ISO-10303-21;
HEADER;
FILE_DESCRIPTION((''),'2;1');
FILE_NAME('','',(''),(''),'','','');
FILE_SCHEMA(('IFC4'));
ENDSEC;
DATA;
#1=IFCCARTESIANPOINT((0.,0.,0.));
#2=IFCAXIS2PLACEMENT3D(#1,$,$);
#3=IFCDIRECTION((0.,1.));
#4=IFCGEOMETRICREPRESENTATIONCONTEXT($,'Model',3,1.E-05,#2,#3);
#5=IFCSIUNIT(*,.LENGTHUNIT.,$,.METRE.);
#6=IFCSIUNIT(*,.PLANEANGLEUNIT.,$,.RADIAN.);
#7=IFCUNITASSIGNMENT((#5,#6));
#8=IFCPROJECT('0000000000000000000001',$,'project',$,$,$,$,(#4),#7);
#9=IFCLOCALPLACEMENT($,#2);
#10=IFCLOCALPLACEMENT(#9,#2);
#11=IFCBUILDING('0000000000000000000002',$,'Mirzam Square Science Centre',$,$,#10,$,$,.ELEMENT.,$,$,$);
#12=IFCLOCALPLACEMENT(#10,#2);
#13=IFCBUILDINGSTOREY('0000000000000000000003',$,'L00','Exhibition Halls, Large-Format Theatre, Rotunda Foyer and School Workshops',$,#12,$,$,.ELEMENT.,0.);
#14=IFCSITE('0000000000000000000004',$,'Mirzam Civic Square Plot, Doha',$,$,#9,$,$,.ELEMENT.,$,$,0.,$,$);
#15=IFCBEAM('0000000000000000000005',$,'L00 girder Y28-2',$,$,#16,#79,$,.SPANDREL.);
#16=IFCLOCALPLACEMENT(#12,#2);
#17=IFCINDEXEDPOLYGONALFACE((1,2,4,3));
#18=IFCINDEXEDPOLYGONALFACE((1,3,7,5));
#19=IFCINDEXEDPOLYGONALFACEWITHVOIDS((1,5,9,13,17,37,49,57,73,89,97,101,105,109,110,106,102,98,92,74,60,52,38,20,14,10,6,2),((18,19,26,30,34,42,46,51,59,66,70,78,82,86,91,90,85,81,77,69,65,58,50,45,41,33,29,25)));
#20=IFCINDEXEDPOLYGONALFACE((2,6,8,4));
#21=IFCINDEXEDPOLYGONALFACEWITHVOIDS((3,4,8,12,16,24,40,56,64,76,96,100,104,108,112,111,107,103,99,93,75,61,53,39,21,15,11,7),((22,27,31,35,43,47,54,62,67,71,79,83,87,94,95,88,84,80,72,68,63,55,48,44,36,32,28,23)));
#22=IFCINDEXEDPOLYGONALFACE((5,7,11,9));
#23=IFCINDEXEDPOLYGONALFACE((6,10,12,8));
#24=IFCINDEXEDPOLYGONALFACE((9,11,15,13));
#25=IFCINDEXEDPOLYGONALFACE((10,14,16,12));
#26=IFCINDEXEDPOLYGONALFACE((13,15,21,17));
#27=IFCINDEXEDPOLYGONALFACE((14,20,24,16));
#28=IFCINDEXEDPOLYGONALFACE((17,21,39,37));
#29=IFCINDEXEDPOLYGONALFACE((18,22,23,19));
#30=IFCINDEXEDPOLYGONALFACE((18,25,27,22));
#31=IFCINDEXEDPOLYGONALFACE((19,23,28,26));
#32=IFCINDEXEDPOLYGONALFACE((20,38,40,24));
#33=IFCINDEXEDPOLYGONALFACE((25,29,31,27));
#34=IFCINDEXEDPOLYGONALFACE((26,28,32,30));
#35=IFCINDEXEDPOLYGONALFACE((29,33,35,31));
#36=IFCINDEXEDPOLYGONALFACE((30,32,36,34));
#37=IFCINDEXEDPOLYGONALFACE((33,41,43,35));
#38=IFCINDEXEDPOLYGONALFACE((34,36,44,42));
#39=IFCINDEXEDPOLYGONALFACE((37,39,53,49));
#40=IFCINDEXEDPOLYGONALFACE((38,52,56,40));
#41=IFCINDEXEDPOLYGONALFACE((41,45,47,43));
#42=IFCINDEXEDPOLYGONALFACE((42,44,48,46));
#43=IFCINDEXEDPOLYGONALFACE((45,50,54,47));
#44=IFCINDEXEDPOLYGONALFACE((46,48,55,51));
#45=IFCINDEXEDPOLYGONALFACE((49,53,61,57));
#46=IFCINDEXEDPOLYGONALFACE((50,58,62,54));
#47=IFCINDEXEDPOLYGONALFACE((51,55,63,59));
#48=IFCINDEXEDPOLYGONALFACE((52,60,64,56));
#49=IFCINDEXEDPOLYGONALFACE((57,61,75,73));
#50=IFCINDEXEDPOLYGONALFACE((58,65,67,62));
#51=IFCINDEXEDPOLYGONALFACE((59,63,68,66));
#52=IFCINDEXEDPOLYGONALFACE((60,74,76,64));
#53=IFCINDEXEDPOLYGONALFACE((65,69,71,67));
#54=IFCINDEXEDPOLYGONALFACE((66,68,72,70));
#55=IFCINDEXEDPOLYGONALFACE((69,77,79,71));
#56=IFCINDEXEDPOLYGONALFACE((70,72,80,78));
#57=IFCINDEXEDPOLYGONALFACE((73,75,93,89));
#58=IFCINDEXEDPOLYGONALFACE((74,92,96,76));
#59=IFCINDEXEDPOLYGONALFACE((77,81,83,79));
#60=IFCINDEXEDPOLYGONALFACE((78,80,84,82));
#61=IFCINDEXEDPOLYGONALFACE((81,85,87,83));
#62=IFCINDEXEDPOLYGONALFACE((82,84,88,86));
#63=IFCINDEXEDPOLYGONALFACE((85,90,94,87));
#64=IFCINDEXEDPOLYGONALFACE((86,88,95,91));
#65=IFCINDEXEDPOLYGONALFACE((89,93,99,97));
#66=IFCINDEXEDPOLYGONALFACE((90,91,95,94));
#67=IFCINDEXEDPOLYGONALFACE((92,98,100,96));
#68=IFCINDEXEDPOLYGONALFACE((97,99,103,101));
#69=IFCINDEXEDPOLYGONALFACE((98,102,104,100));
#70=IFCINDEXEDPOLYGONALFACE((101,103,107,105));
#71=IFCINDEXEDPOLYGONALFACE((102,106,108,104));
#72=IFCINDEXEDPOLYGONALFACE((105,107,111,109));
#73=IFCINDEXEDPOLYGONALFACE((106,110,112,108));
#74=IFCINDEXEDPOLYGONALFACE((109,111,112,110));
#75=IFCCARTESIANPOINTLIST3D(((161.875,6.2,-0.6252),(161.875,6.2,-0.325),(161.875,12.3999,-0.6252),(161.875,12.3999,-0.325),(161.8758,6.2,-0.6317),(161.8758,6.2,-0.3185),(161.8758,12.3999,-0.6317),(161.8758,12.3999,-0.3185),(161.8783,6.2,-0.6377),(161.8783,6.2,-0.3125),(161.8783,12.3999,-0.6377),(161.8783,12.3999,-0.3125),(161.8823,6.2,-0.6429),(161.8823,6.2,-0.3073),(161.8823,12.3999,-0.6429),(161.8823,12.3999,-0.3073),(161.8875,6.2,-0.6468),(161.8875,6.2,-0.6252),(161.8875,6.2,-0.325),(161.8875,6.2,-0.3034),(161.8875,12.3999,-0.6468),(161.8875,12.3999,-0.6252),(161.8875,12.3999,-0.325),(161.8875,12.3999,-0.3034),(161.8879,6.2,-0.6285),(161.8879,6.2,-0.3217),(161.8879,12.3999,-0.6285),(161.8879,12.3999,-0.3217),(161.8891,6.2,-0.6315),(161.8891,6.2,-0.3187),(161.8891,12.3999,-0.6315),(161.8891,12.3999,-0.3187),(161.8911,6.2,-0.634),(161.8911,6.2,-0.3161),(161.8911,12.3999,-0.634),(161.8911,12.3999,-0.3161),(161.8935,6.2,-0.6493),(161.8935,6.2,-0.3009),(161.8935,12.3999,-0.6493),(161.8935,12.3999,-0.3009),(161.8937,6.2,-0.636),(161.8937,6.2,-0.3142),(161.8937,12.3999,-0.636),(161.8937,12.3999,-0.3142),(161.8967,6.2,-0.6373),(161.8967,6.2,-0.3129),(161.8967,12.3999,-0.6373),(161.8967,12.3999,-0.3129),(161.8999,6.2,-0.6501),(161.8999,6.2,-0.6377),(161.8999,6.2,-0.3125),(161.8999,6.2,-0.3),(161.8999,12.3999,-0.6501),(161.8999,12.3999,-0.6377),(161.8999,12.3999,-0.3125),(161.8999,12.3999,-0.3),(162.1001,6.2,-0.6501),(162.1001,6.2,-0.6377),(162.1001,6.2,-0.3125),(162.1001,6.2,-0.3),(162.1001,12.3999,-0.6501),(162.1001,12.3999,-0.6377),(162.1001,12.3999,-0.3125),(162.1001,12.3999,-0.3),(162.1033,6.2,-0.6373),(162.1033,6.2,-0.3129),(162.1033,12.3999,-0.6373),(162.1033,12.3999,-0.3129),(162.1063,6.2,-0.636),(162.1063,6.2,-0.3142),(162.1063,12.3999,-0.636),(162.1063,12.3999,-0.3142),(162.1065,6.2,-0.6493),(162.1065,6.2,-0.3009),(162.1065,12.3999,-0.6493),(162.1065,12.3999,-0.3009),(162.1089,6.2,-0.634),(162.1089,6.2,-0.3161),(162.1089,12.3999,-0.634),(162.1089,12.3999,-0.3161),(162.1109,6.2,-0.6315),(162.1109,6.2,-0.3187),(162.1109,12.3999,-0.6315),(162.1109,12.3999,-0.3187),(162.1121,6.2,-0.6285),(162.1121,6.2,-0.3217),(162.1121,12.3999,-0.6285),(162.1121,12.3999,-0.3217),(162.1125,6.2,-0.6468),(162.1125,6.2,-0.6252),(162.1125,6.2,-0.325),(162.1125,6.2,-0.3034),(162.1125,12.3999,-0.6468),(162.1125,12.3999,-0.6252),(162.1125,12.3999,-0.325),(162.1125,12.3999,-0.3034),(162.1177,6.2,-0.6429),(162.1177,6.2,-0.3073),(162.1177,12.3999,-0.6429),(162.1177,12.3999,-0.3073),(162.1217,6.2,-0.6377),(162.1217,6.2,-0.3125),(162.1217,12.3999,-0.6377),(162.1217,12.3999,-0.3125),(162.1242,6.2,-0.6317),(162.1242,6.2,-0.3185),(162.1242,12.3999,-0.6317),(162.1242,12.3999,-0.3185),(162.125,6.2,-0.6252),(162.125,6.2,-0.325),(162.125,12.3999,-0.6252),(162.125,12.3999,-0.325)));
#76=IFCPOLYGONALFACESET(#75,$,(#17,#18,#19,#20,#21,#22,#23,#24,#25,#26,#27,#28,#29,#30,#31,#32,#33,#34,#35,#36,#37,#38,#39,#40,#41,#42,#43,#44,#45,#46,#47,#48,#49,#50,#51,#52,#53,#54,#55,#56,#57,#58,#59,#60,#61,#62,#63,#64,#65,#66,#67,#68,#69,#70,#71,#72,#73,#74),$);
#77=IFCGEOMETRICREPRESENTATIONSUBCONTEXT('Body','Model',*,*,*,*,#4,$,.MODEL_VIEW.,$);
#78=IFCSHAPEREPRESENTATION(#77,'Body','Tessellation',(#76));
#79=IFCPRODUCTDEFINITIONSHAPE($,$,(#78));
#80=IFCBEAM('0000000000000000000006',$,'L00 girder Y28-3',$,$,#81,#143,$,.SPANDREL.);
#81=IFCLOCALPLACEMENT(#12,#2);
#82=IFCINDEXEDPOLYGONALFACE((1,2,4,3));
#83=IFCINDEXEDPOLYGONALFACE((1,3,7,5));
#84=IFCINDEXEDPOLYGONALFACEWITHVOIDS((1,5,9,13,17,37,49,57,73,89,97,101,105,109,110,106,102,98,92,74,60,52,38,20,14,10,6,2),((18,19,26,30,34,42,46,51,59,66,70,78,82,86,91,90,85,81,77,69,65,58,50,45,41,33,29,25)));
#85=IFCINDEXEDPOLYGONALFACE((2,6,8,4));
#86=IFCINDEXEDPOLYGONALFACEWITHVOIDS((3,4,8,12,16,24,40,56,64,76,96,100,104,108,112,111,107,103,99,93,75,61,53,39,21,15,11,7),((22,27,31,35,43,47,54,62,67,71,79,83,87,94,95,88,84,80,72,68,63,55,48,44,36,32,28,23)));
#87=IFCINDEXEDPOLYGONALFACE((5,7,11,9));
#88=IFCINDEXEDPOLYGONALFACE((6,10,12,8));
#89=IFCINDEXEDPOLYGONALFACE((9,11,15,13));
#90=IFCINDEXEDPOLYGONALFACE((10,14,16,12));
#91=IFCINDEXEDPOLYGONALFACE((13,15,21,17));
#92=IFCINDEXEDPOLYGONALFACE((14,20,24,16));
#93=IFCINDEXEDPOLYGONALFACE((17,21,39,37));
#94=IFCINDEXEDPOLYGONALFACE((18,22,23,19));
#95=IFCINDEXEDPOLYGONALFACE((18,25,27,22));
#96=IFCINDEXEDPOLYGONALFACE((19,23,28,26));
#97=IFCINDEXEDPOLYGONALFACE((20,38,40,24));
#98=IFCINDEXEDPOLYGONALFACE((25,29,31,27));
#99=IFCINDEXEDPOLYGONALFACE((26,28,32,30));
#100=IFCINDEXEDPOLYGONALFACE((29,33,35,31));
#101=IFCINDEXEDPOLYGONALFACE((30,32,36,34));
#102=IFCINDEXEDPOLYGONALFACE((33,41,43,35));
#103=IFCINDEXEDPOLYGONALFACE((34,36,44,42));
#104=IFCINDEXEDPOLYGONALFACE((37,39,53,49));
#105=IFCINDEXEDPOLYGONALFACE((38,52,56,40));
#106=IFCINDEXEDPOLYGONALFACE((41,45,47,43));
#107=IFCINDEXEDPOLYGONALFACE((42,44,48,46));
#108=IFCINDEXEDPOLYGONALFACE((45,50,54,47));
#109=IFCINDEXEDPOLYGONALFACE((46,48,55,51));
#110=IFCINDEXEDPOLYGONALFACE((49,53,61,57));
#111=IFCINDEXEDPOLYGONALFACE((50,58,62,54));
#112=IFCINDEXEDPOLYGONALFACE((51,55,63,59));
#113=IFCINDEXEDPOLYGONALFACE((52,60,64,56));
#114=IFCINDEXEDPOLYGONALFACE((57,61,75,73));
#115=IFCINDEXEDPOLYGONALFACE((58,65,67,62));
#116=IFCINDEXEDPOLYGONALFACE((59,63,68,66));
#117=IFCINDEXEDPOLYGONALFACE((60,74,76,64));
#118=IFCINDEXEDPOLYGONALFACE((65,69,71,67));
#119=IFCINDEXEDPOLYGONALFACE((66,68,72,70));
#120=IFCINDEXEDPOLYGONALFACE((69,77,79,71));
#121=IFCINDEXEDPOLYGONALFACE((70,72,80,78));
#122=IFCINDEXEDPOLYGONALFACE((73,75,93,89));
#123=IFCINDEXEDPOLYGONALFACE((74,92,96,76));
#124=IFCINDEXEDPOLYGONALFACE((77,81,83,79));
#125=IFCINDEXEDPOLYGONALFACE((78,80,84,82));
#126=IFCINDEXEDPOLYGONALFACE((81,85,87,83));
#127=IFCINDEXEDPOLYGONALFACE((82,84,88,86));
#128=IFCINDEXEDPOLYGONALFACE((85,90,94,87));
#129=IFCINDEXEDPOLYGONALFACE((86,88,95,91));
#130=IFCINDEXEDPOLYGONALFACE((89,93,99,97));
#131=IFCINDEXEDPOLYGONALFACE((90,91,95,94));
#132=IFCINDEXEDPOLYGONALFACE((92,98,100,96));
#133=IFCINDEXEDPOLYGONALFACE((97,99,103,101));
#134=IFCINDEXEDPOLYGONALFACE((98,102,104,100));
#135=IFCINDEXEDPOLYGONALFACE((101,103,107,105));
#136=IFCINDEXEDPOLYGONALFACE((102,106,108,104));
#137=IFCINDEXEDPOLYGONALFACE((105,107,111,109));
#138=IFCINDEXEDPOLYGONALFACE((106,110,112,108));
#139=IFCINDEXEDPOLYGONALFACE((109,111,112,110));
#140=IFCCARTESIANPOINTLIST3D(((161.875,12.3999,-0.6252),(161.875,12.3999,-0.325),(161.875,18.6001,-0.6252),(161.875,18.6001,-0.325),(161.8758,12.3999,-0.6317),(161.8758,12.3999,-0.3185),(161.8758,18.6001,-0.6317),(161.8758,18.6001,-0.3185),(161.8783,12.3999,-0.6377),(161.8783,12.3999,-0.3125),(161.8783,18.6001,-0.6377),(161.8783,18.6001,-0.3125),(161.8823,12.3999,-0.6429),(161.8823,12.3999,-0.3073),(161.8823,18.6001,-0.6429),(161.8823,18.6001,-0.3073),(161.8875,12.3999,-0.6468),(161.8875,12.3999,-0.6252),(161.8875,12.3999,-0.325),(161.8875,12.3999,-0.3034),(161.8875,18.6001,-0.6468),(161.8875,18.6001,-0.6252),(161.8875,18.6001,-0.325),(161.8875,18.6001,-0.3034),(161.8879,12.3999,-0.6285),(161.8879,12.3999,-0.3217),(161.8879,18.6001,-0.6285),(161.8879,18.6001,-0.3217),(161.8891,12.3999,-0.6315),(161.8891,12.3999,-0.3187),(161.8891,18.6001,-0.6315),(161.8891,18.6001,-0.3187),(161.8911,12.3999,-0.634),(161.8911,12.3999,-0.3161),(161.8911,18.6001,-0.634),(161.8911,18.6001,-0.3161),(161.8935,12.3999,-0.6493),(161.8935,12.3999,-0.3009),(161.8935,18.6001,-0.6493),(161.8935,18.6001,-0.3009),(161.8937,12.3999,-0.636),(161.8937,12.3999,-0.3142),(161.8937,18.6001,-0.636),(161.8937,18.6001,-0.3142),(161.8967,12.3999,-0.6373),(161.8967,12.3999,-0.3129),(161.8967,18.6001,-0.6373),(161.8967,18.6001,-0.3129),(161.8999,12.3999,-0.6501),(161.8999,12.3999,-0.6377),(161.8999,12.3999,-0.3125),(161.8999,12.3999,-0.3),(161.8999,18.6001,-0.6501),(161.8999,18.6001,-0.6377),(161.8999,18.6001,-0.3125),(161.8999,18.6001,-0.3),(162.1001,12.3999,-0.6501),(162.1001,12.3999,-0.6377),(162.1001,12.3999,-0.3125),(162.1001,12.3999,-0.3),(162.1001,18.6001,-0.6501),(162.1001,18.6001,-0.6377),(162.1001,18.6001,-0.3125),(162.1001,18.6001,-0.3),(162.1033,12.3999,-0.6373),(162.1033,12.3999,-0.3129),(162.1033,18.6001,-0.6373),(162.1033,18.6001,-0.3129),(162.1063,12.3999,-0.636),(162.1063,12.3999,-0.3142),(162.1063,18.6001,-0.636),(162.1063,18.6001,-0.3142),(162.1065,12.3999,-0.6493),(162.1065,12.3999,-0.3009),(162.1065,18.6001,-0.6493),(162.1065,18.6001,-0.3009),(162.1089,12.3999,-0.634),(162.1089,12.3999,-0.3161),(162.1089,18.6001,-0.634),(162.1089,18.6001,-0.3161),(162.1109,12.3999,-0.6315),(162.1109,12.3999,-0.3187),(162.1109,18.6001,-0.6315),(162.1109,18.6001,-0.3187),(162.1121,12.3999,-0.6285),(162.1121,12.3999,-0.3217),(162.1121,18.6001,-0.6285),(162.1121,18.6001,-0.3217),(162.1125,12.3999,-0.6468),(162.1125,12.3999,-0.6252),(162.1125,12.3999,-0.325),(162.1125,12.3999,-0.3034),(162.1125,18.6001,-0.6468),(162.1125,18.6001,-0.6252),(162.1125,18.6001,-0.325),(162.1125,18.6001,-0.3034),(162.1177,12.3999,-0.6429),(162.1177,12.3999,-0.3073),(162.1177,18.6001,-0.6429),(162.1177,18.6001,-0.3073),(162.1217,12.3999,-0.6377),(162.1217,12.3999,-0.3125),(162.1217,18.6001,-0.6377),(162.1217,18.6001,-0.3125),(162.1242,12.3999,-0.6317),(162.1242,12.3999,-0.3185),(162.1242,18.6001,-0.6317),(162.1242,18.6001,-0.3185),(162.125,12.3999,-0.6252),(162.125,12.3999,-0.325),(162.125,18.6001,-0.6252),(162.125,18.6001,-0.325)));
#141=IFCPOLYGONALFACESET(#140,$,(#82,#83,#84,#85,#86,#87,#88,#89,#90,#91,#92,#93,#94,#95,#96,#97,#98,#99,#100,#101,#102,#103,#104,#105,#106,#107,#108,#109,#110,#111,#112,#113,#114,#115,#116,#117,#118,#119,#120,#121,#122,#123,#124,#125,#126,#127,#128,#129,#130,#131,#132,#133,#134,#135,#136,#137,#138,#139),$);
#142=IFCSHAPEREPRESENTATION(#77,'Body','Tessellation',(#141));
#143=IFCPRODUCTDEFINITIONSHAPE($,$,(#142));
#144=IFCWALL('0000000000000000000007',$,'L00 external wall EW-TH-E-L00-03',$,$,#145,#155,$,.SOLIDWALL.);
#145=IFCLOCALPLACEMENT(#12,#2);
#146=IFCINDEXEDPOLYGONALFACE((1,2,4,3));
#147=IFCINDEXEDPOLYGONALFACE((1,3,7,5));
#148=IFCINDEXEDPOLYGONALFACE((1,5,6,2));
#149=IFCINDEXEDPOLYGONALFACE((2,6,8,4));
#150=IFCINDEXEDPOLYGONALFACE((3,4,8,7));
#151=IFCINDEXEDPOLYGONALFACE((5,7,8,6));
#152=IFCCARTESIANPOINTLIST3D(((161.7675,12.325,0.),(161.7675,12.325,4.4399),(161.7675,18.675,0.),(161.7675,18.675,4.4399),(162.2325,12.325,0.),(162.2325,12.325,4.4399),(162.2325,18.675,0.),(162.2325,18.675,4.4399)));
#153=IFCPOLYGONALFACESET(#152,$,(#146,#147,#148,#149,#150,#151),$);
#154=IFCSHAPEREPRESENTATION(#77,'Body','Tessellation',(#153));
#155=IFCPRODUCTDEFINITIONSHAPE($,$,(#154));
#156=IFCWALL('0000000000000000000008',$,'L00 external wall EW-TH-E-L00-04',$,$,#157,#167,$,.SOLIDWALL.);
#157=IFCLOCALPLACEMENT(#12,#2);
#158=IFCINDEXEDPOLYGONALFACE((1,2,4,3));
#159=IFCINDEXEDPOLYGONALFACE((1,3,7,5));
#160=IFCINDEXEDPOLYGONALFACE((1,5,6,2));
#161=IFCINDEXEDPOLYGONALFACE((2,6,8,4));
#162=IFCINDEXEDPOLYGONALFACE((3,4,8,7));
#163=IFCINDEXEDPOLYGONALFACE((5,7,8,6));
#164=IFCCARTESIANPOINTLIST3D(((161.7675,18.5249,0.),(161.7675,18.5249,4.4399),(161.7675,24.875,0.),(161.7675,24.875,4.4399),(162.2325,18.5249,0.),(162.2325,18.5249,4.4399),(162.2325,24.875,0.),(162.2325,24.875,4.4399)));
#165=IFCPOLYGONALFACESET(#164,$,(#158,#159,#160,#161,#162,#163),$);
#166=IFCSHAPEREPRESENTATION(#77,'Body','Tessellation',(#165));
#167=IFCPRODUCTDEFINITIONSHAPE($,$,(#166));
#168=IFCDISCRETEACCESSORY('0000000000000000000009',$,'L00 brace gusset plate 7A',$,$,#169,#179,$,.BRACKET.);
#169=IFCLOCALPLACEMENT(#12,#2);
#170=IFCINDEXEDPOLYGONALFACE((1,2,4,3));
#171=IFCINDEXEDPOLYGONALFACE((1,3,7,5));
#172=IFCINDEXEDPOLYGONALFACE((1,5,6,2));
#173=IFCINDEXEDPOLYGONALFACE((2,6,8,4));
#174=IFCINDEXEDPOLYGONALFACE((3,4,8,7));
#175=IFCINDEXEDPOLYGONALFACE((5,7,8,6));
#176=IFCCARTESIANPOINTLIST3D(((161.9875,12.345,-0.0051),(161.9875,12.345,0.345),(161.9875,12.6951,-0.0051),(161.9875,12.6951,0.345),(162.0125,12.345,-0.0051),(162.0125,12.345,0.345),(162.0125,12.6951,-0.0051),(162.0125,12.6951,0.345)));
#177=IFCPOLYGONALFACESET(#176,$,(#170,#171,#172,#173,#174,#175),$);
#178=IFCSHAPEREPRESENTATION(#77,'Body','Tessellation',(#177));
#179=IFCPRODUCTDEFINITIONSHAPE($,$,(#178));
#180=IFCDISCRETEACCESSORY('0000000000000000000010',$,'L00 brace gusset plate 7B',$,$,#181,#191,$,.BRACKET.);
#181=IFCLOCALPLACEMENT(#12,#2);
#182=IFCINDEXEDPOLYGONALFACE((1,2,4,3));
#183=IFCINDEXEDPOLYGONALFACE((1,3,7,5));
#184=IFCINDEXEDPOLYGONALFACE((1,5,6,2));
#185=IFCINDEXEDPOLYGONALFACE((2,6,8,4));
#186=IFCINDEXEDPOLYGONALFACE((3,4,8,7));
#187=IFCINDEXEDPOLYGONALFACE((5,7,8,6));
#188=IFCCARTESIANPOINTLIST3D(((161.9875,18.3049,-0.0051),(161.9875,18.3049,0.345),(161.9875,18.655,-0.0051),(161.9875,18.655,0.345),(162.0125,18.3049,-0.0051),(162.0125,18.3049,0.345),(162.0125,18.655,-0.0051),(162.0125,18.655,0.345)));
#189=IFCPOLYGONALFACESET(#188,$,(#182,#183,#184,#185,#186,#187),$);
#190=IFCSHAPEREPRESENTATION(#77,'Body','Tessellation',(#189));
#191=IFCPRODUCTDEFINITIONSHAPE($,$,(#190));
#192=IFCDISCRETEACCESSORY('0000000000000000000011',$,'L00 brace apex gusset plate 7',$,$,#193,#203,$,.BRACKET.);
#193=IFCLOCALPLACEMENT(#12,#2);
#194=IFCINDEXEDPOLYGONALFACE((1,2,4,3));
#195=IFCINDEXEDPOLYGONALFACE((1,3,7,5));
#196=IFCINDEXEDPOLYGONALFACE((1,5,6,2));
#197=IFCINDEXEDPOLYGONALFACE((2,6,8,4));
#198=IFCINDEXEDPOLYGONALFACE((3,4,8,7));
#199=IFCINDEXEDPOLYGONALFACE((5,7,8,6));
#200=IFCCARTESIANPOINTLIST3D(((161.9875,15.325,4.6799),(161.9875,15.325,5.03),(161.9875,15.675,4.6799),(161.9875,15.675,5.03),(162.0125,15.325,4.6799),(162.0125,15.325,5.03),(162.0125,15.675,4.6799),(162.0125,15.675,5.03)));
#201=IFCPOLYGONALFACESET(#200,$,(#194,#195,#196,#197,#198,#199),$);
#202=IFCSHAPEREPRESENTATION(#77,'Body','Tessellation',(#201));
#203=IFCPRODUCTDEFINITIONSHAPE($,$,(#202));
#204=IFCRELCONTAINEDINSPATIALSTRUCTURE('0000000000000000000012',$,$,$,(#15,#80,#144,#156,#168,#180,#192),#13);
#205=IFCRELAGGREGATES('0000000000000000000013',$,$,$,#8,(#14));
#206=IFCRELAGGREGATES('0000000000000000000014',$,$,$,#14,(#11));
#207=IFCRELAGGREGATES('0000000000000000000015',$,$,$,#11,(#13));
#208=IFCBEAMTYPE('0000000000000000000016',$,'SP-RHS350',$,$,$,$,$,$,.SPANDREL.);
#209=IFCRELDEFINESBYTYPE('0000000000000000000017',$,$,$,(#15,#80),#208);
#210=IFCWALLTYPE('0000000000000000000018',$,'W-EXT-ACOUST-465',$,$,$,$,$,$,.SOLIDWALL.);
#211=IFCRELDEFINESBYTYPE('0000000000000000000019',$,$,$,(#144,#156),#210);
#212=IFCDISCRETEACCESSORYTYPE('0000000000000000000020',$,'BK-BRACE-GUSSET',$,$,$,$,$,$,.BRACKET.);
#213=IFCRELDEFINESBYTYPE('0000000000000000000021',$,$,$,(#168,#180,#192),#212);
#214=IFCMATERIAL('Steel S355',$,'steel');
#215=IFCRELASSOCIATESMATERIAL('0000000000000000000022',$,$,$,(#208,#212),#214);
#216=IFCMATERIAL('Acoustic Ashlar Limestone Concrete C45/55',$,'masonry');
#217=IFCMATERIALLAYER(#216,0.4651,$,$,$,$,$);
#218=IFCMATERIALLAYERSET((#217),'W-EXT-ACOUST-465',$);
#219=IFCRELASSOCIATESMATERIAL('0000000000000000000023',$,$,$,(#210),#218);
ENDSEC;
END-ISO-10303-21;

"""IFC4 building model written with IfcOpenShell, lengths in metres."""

from ifc_helpers import new_model, si_unit, direction, frame, frame_2d, origin, origin_2d, place, context, subcontext, project, spatial, rectangle, hollow_rectangle, extrude, material, layer, layer_set, material_profile, profile_set, type_object, element, save


model = new_model("IFC4")

# Units and contexts
model_context = context("Model", 3, precision=1e-05, world=origin(), true_north=direction((0.0, 1.0)))
body_context = subcontext(model_context, "Body", "Model", "MODEL_VIEW")
ifc_project = project(units=[si_unit("LENGTHUNIT", "METRE"), si_unit("PLANEANGLEUNIT", "RADIAN")], contexts=[model_context])

# Site, building, storey
site_placement = place(None, origin())
site = spatial("IfcSite", under=ifc_project, at=site_placement, Name="Mirzam Civic Square Plot, Doha", CompositionType="ELEMENT", RefElevation=0.0)
building_placement = place(site_placement, origin())
building = spatial("IfcBuilding", under=site, at=building_placement, Name="Mirzam Square Science Centre", CompositionType="ELEMENT")
storey_placement = place(building_placement, origin())
storey = spatial("IfcBuildingStorey", under=building, at=storey_placement, Name="L00", Description="Exhibition Halls, Large-Format Theatre, Rotunda Foyer and School Workshops", CompositionType="ELEMENT", Elevation=0.0)

# Shared definitions
ifc_material_1 = material(Name="Steel S355", Category="steel")

# Beams
ifc_material_profile_1 = material_profile(ifc_material_1, hollow_rectangle(XDim=0.25, YDim=0.3501, WallThickness=0.0125, InnerFilletRadius=0.0125, OuterFilletRadius=0.0249, at=origin_2d()), Name="350x250x12.5RHS")
ifc_profile_set_1 = profile_set([ifc_material_profile_1], Name="Steel S355")
beam_type_1 = type_object("IfcBeamType", Name="SP-RHS350", PredefinedType="SPANDREL", material=ifc_profile_set_1)
beam_1_placement = place(storey_placement, frame((162.0, 6.2, -0.4751), z_axis=(0.0, 1.0, 0.0), x_axis=(-1.0, 0.0, 0.0)))
element("IfcBeam", 1, at=beam_1_placement, inside=storey, type_object=beam_type_1, Name="L00 girder Y28-2", PredefinedType="SPANDREL", context=body_context, shape_type="SweptSolid", body=[
    extrude(hollow_rectangle(XDim=0.25, YDim=0.3501, WallThickness=0.0125, InnerFilletRadius=0.0125, OuterFilletRadius=0.0249, at=origin_2d()), origin(), (0.0, 0.0, 1.0), 6.2),
])
beam_2_placement = place(storey_placement, frame((162.0, 12.3999, -0.4751), z_axis=(0.0, 1.0, 0.0), x_axis=(-1.0, 0.0, 0.0)))
element("IfcBeam", 2, at=beam_2_placement, inside=storey, type_object=beam_type_1, Name="L00 girder Y28-3", PredefinedType="SPANDREL", context=body_context, shape_type="SweptSolid", body=[
    extrude(hollow_rectangle(XDim=0.25, YDim=0.3501, WallThickness=0.0125, InnerFilletRadius=0.0125, OuterFilletRadius=0.0249, at=origin_2d()), origin(), (0.0, 0.0, 1.0), 6.2002),
])

# Walls
ifc_material_2 = material(Name="Acoustic Ashlar Limestone Concrete C45/55", Category="masonry")
ifc_layer_1 = layer(ifc_material_2, 0.4651)
ifc_layer_set_1 = layer_set([ifc_layer_1], Name="W-EXT-ACOUST-465")
wall_type = type_object("IfcWallType", Name="W-EXT-ACOUST-465", PredefinedType="SOLIDWALL", material=ifc_layer_set_1)
for number, where, z_axis, x_axis, name in (
    (3, (162.0, 12.325, 0.0), (0.0, 0.0, 1.0), (0.0, 1.0, 0.0), "L00 external wall EW-TH-E-L00-03"),
    (4, (162.0, 18.5249, 0.0), (0.0, 0.0, 1.0), (0.0, 1.0, 0.0), "L00 external wall EW-TH-E-L00-04"),
):
    element("IfcWall", number, at=place(storey_placement, frame(where, z_axis=z_axis, x_axis=x_axis)), inside=storey, type_object=wall_type, Name=name, PredefinedType="SOLIDWALL", context=body_context, shape_type="SweptSolid", body=[
        extrude(rectangle(XDim=6.3501, YDim=0.4651, at=frame_2d((3.175, 0.0))), origin(), (0.0, 0.0, 1.0), 4.4399),
    ])

# Discrete accessories
discrete_accessory_type = type_object("IfcDiscreteAccessoryType", Name="BK-BRACE-GUSSET", PredefinedType="BRACKET", material=ifc_material_1)
for number, where, z_axis, x_axis, name in (
    (5, (162.0, 12.52, -0.0051), (0.0, 0.0, 1.0), (0.0, 1.0, 0.0), "L00 brace gusset plate 7A"),
    (6, (162.0, 18.48, -0.0051), (0.0, 0.0, 1.0), (0.0, 1.0, 0.0), "L00 brace gusset plate 7B"),
    (7, (162.0, 15.5, 4.6799), (0.0, 0.0, 1.0), (0.0, 1.0, 0.0), "L00 brace apex gusset plate 7"),
):
    element("IfcDiscreteAccessory", number, at=place(storey_placement, frame(where, z_axis=z_axis, x_axis=x_axis)), inside=storey, type_object=discrete_accessory_type, Name=name, PredefinedType="BRACKET", context=body_context, shape_type="SweptSolid", body=[
        extrude(rectangle(XDim=0.3501, YDim=0.0249, at=origin_2d()), origin(), (0.0, 0.0, 1.0), 0.3501),
    ])

save(model, "model.ifc")
